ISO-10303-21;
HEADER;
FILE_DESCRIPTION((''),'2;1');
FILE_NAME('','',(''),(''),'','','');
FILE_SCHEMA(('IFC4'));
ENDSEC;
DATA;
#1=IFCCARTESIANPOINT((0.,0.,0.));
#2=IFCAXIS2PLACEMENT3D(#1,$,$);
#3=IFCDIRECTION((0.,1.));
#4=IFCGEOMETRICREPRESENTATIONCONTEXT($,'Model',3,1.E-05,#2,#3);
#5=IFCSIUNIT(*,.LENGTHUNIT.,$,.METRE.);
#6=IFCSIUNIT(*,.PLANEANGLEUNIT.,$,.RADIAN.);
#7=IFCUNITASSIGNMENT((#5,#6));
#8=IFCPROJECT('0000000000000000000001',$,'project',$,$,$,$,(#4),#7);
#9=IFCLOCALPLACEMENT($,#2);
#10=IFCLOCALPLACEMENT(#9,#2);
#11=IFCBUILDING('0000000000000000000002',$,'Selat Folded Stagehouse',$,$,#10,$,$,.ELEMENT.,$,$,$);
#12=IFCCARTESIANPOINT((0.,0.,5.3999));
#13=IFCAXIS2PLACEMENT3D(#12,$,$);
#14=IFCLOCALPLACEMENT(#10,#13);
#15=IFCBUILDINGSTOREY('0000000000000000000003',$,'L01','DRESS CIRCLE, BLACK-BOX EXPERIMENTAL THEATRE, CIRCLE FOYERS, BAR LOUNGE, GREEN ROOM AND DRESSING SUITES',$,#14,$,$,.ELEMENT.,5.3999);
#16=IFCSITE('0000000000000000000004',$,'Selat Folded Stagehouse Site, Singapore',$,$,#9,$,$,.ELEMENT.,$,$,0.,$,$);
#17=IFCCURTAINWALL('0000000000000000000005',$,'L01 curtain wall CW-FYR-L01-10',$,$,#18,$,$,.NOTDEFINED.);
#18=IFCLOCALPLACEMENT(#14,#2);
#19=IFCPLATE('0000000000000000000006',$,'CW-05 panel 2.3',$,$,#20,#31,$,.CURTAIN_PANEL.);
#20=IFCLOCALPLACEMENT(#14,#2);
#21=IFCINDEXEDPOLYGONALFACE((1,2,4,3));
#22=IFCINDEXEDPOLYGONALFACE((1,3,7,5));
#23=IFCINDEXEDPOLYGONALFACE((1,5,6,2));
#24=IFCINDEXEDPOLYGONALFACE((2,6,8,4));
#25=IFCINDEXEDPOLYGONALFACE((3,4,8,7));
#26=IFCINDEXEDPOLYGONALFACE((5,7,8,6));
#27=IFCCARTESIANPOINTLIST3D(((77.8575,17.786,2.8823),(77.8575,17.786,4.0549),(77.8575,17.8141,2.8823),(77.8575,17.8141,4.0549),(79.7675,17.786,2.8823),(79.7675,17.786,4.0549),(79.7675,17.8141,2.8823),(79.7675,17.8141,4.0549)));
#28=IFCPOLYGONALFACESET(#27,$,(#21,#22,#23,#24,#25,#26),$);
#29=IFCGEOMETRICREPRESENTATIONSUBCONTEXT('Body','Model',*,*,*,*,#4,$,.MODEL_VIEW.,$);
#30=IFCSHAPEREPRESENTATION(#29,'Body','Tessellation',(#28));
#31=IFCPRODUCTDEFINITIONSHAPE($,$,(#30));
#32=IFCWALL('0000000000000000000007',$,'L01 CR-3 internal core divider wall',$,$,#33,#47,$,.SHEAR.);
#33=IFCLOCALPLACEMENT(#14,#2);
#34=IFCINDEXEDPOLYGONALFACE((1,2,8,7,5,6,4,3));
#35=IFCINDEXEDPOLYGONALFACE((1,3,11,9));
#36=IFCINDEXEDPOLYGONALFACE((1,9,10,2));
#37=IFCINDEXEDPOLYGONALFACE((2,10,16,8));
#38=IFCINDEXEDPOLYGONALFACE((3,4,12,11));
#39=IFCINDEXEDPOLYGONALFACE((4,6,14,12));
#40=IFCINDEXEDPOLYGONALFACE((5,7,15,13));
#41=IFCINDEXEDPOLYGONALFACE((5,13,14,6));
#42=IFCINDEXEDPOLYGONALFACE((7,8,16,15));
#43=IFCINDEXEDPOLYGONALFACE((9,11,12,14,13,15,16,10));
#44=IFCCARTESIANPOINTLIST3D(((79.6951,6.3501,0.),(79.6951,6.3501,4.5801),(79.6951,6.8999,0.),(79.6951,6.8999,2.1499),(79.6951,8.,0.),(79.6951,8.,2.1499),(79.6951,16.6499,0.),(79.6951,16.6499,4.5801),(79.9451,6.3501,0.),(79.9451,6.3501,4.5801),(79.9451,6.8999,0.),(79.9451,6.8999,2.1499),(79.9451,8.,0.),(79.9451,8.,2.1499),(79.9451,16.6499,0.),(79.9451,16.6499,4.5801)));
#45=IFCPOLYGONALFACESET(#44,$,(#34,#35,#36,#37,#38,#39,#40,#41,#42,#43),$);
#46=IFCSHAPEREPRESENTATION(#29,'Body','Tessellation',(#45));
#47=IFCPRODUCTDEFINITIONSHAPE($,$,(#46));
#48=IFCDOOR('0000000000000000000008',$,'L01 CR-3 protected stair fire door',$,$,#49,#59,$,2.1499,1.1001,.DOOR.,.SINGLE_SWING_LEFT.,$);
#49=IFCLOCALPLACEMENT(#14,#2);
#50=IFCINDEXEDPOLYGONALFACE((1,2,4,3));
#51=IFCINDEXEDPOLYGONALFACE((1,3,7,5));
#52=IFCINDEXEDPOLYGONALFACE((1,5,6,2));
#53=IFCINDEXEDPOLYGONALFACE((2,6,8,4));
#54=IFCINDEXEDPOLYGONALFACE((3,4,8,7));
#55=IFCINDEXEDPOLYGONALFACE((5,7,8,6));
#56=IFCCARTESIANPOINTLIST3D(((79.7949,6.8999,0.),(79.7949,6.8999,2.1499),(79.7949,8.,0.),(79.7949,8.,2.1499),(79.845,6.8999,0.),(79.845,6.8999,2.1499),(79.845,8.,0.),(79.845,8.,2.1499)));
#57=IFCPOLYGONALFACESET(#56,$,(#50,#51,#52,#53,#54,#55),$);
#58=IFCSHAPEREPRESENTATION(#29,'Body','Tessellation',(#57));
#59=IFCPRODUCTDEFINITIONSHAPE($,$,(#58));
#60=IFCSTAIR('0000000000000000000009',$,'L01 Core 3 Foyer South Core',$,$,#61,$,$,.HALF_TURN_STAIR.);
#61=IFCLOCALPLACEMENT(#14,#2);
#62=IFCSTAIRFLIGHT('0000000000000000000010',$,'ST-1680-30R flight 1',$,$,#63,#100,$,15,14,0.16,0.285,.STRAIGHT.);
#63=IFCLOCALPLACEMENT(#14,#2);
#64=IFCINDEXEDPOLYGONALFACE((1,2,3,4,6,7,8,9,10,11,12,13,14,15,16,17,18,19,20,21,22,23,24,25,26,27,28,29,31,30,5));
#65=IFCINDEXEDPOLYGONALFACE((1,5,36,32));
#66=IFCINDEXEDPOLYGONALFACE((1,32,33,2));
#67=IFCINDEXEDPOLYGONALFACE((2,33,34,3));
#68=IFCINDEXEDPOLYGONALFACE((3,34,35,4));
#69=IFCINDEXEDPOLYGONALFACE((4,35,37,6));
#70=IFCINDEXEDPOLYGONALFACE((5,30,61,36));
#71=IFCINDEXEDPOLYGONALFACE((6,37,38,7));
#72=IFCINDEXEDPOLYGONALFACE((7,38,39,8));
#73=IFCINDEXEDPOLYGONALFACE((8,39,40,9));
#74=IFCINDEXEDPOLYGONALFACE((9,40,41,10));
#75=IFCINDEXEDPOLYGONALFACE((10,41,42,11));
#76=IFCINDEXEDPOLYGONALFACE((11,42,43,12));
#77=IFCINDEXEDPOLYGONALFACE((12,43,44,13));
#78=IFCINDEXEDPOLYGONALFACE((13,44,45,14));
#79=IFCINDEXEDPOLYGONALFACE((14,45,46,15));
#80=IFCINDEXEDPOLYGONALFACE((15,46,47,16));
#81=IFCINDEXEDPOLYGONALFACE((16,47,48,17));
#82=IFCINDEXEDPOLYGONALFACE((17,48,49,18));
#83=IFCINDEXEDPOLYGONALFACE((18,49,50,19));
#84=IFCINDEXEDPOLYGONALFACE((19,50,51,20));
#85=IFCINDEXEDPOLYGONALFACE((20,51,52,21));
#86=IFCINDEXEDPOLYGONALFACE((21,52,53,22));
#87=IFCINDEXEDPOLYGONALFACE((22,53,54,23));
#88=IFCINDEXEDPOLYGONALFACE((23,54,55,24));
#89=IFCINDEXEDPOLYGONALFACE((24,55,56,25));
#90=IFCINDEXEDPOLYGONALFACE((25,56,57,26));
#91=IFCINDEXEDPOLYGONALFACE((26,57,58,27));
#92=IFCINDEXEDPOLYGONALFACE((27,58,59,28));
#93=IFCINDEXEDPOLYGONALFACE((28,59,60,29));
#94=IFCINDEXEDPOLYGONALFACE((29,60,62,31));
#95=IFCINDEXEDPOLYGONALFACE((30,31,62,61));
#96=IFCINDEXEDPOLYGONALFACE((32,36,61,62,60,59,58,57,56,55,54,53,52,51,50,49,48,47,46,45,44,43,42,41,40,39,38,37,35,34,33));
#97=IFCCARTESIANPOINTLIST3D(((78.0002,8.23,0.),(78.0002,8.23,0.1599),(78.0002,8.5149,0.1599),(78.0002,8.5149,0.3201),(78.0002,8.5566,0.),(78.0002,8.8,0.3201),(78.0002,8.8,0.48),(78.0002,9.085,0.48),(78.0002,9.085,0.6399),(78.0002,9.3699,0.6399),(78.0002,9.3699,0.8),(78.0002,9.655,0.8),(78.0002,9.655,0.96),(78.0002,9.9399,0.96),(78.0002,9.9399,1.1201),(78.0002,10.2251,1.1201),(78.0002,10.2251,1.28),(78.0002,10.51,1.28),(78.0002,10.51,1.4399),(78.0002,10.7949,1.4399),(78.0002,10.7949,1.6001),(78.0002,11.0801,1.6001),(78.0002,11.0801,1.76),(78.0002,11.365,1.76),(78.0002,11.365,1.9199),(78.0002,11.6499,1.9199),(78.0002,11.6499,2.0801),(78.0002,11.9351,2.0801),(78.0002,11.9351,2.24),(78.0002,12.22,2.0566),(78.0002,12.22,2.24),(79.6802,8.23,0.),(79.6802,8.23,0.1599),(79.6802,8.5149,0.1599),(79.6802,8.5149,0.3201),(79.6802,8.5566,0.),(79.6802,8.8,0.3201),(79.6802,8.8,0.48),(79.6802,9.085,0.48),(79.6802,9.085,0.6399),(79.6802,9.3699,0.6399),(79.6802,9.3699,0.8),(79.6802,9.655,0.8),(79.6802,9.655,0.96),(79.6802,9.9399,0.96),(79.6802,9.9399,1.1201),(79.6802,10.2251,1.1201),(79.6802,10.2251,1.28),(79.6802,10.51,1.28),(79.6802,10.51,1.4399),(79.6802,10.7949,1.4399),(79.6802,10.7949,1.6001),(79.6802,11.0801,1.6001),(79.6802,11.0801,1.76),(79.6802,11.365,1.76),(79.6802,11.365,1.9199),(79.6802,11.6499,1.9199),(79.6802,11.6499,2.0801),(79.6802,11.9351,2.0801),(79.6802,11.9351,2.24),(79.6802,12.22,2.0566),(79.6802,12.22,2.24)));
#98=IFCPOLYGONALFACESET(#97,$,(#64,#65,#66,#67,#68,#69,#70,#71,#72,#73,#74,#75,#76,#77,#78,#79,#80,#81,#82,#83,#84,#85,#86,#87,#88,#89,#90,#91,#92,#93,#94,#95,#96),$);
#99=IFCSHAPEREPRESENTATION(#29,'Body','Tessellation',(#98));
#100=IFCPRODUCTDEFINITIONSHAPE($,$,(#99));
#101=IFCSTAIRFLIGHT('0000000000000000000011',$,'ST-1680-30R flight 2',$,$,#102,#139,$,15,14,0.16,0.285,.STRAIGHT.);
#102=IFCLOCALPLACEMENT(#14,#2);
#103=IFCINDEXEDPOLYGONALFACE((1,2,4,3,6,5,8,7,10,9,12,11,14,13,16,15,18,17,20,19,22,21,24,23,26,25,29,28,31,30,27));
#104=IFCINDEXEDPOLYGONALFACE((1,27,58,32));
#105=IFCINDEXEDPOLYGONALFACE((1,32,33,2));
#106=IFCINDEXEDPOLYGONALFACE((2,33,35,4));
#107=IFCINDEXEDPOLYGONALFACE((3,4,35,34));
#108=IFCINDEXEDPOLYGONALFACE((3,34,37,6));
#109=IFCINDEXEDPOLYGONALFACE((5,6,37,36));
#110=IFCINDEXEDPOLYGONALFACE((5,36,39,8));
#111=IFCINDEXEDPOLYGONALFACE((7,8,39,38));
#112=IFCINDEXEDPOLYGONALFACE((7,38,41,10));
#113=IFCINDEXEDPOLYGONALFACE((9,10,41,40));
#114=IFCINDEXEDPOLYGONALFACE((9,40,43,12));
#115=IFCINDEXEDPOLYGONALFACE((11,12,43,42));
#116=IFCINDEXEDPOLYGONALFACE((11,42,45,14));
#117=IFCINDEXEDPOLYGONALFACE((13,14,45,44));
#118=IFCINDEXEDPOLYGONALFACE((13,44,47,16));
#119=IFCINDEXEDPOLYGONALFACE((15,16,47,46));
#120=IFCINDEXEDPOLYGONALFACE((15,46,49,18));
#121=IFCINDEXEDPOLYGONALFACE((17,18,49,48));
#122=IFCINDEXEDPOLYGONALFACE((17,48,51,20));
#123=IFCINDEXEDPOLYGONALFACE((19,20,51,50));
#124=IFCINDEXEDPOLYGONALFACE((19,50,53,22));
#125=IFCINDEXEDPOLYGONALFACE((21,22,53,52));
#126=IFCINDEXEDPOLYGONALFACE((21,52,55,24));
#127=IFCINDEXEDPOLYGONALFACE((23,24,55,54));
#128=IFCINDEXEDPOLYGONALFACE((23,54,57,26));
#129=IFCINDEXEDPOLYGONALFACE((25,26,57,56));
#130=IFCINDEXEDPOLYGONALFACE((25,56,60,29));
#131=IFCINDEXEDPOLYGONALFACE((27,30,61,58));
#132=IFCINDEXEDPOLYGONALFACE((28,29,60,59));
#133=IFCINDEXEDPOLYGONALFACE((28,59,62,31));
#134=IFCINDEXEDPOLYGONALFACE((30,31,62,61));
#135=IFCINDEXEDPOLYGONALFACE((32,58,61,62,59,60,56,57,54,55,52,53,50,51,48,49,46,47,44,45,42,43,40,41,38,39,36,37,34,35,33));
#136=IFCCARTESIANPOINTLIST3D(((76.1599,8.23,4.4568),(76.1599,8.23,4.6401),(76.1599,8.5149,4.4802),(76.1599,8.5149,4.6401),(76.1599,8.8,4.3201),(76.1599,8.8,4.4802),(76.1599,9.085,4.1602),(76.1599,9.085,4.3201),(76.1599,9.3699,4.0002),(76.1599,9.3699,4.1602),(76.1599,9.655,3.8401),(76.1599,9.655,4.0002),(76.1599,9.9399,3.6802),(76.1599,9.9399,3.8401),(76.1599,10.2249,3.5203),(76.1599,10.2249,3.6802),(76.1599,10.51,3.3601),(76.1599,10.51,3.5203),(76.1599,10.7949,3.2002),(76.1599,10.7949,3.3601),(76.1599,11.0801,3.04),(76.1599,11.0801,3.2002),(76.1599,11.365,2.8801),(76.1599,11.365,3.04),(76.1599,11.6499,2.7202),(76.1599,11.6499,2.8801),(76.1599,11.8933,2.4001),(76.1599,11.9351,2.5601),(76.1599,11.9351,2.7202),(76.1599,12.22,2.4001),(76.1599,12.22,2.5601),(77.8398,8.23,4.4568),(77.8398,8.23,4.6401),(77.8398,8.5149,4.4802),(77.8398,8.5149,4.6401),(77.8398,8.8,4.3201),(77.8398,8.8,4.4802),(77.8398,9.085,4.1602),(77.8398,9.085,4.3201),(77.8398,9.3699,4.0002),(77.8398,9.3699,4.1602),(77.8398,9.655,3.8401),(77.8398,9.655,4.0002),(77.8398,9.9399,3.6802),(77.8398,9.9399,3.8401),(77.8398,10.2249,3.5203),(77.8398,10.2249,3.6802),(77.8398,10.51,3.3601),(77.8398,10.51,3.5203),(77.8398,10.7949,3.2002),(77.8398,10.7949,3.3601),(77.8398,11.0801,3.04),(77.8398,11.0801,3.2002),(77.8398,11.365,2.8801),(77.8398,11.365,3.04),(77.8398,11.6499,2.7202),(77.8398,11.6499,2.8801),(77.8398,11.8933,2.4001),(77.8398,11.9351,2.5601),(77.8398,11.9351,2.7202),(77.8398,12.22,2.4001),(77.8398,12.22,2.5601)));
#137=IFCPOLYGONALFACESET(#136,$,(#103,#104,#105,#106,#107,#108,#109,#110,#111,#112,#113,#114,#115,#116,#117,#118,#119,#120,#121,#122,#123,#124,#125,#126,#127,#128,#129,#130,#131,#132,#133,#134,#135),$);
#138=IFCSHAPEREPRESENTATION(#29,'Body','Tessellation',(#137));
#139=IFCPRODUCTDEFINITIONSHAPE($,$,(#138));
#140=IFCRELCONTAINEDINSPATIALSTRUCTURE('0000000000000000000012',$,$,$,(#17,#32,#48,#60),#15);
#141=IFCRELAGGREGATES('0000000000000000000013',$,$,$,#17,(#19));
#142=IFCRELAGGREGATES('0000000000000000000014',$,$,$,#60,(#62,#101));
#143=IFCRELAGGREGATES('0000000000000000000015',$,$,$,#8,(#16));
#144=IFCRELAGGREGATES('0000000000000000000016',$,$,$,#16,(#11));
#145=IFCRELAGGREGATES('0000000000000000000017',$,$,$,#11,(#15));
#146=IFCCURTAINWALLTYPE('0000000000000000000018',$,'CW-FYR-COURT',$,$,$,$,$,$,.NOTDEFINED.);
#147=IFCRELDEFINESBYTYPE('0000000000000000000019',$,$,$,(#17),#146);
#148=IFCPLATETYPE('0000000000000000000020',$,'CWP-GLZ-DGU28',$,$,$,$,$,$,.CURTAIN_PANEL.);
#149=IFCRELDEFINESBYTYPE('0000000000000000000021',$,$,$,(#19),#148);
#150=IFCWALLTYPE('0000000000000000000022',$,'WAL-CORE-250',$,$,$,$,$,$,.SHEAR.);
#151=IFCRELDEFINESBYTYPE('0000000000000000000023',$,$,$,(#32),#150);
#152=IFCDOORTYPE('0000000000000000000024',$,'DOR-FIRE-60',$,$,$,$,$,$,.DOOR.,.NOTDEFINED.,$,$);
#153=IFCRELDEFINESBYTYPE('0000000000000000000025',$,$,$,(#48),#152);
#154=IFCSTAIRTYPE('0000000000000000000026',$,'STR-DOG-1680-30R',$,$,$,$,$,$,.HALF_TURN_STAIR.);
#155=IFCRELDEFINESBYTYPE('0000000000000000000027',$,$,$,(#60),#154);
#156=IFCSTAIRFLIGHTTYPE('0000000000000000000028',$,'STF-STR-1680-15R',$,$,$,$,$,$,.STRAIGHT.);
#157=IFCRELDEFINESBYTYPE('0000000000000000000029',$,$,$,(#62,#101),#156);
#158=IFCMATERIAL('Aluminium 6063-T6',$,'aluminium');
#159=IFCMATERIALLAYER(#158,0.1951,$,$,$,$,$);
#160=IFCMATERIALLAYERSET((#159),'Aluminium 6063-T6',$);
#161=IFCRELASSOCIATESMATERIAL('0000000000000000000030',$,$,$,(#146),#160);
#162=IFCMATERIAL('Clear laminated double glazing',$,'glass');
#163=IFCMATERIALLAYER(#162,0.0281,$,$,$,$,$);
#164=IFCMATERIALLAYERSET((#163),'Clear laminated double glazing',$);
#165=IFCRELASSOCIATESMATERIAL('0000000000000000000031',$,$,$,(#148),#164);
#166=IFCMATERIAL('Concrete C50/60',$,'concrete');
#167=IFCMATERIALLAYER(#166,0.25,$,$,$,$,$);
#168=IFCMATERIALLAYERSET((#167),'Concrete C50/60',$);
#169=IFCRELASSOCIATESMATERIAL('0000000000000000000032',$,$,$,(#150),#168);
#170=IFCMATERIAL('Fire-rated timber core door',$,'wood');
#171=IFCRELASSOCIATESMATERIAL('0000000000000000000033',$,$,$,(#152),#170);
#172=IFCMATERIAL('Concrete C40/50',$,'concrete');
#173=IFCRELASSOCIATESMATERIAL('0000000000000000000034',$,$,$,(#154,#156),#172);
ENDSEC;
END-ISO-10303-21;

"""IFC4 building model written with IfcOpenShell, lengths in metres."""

from ifc_helpers import new_model, si_unit, direction, frame, frame_2d, origin, origin_2d, place, context, subcontext, project, spatial, polyline, rectangle, outline, extrude, material, layer, layer_set, type_object, element, fill, aggregate, save


model = new_model("IFC4")

# Units and contexts
model_context = context("Model", 3, precision=1e-05, world=origin(), true_north=direction((0.0, 1.0)))
body_context = subcontext(model_context, "Body", "Model", "MODEL_VIEW")
ifc_project = project(units=[si_unit("LENGTHUNIT", "METRE"), si_unit("PLANEANGLEUNIT", "RADIAN")], contexts=[model_context])

# Site, building, storey
site_placement = place(None, origin())
site = spatial("IfcSite", under=ifc_project, at=site_placement, Name="Selat Folded Stagehouse Site, Singapore", CompositionType="ELEMENT", RefElevation=0.0)
building_placement = place(site_placement, origin())
building = spatial("IfcBuilding", under=site, at=building_placement, Name="Selat Folded Stagehouse", CompositionType="ELEMENT")
storey_placement = place(building_placement, frame((0.0, 0.0, 5.3999)))
storey = spatial("IfcBuildingStorey", under=building, at=storey_placement, Name="L01", Description="DRESS CIRCLE, BLACK-BOX EXPERIMENTAL THEATRE, CIRCLE FOYERS, BAR LOUNGE, GREEN ROOM AND DRESSING SUITES", CompositionType="ELEMENT", Elevation=5.3999)

# Curtain wall, plate
ifc_material_1 = material(Name="Aluminium 6063-T6", Category="aluminium")
ifc_layer_1 = layer(ifc_material_1, 0.1951)
ifc_layer_set_1 = layer_set([ifc_layer_1], Name="Aluminium 6063-T6")
curtain_wall_type = type_object("IfcCurtainWallType", Name="CW-FYR-COURT", PredefinedType="NOTDEFINED", material=ifc_layer_set_1)
curtain_wall_placement = place(storey_placement, origin())
curtain_wall = element("IfcCurtainWall", 1, at=curtain_wall_placement, inside=storey, type_object=curtain_wall_type, Name="L01 curtain wall CW-FYR-L01-10", PredefinedType="NOTDEFINED")
ifc_material_2 = material(Name="Clear laminated double glazing", Category="glass")
ifc_layer_2 = layer(ifc_material_2, 0.0281)
ifc_layer_set_2 = layer_set([ifc_layer_2], Name="Clear laminated double glazing")
plate_type = type_object("IfcPlateType", Name="CWP-GLZ-DGU28", PredefinedType="CURTAIN_PANEL", material=ifc_layer_set_2)
plate_1_placement = place(storey_placement, frame((78.8125, 17.8, 2.8823), z_axis=(0.0, 0.0, 1.0), x_axis=(1.0, 0.0, 0.0)))
plate_1 = element("IfcPlate", 2, at=plate_1_placement, type_object=plate_type, Name="CW-05 panel 2.3", PredefinedType="CURTAIN_PANEL", context=body_context, shape_type="SweptSolid", body=[
    extrude(rectangle(XDim=1.9099, YDim=0.0281, at=origin_2d()), origin(), (0.0, 0.0, 1.0), 1.1726),
])
aggregate(curtain_wall, [plate_1])

# Wall, opening, door
ifc_material_3 = material(Name="Concrete C50/60", Category="concrete")
ifc_layer_3 = layer(ifc_material_3, 0.25)
ifc_layer_set_3 = layer_set([ifc_layer_3], Name="Concrete C50/60")
wall_type = type_object("IfcWallType", Name="WAL-CORE-250", PredefinedType="SHEAR", material=ifc_layer_set_3)
wall_placement = place(storey_placement, frame((79.8201, 16.6499, 0.0), z_axis=(0.0, 0.0, 1.0), x_axis=(0.0, -1.0, 0.0)))
wall = element("IfcWall", 3, at=wall_placement, inside=storey, type_object=wall_type, Name="L01 CR-3 internal core divider wall", PredefinedType="SHEAR", context=body_context, shape_type="SweptSolid", body=[
    extrude(rectangle(XDim=10.2998, YDim=0.25, at=frame_2d((5.1499, 0.0))), origin(), (0.0, 0.0, 1.0), 4.5801),
])
opening_placement = place(wall_placement, frame((8.6499, 0.0, 0.0)))
opening = element("IfcOpeningElement", 4, at=opening_placement, cuts=wall, PredefinedType="OPENING", context=body_context, shape_type="SweptSolid", body=[
    extrude(rectangle(XDim=1.1001, YDim=2.1499, at=frame_2d((0.55, 1.075))), frame((0.0, 0.135, 0.0), z_axis=(0.0, -1.0, 0.0), x_axis=(1.0, 0.0, 0.0)), (0.0, 0.0, 1.0), 0.27),
])
ifc_material_4 = material(Name="Fire-rated timber core door", Category="wood")
door_type = type_object("IfcDoorType", Name="DOR-FIRE-60", OperationType="NOTDEFINED", PredefinedType="DOOR", material=ifc_material_4)
door_placement = place(opening_placement, origin())
door = element("IfcDoor", 5, at=door_placement, inside=storey, type_object=door_type, Name="L01 CR-3 protected stair fire door", OperationType="SINGLE_SWING_LEFT", OverallHeight=2.1499, OverallWidth=1.1001, PredefinedType="DOOR", context=body_context, shape_type="SweptSolid", body=[
    extrude(rectangle(XDim=1.1001, YDim=2.1499, at=frame_2d((0.55, 1.075))), frame((0.0, 0.0249, 0.0), z_axis=(0.0, -1.0, 0.0), x_axis=(1.0, 0.0, 0.0)), (0.0, 0.0, 1.0), 0.05),
])
fill(opening, door)

# Stair, stair flights
ifc_material_5 = material(Name="Concrete C40/50", Category="concrete")
stair_type = type_object("IfcStairType", Name="STR-DOG-1680-30R", PredefinedType="HALF_TURN_STAIR", material=ifc_material_5)
stair_placement = place(storey_placement, origin())
stair = element("IfcStair", 6, at=stair_placement, inside=storey, type_object=stair_type, Name="L01 Core 3 Foyer South Core", PredefinedType="HALF_TURN_STAIR")
stair_flight_type = type_object("IfcStairFlightType", Name="STF-STR-1680-15R", PredefinedType="STRAIGHT", material=ifc_material_5)
stair_flight_1_placement = place(storey_placement, frame((78.8401, 8.23, 0.0), z_axis=(0.0, 0.0, 1.0), x_axis=(0.0, 1.0, 0.0)))
stair_flight_1 = element("IfcStairFlight", 7, at=stair_flight_1_placement, type_object=stair_flight_type, Name="ST-1680-30R flight 1", NumberOfRisers=15, NumberOfTreads=14, PredefinedType="STRAIGHT", RiserHeight=0.16, TreadLength=0.285, context=body_context, shape_type="SweptSolid", body=[
    extrude(outline(polyline([(0.0, 0.0), (0.0, 0.1599), (0.2849, 0.1599), (0.2849, 0.3201), (0.5701, 0.3201), (0.5701, 0.48), (0.855, 0.48), (0.855, 0.6399), (1.1399, 0.6399), (1.1399, 0.8), (1.425, 0.8), (1.425, 0.96), (1.71, 0.96), (1.71, 1.1201), (1.9951, 1.1201), (1.9951, 1.28), (2.28, 1.28), (2.28, 1.4399), (2.5649, 1.4399), (2.5649, 1.6001), (2.8501, 1.6001), (2.8501, 1.76), (3.135, 1.76), (3.135, 1.9199), (3.4199, 1.9199), (3.4199, 2.0801), (3.7051, 2.0801), (3.7051, 2.24), (3.99, 2.24), (3.99, 2.3999), (3.99, 2.0566), (0.3267, 0.0), (0.0, 0.0)])), frame((0.0, 0.8398, 0.0), z_axis=(0.0, -1.0, 0.0), x_axis=(1.0, 0.0, 0.0)), (0.0, 0.0, 1.0), 1.6799),
])
stair_flight_2_placement = place(storey_placement, frame((77.0, 12.22, 2.4001), z_axis=(0.0, 0.0, 1.0), x_axis=(0.0, -1.0, 0.0)))
stair_flight_2 = element("IfcStairFlight", 8, at=stair_flight_2_placement, type_object=stair_flight_type, Name="ST-1680-30R flight 2", NumberOfRisers=15, NumberOfTreads=14, PredefinedType="STRAIGHT", RiserHeight=0.16, TreadLength=0.285, context=body_context, shape_type="SweptSolid", body=[
    extrude(outline(polyline([(0.0, 0.0), (0.0, 0.1599), (0.2849, 0.1599), (0.2849, 0.3201), (0.5701, 0.3201), (0.5701, 0.48), (0.855, 0.48), (0.855, 0.6399), (1.1399, 0.6399), (1.1399, 0.8), (1.425, 0.8), (1.425, 0.96), (1.71, 0.96), (1.71, 1.1201), (1.9951, 1.1201), (1.9951, 1.28), (2.28, 1.28), (2.28, 1.4399), (2.5649, 1.4399), (2.5649, 1.6001), (2.8501, 1.6001), (2.8501, 1.76), (3.135, 1.76), (3.135, 1.9199), (3.4199, 1.9199), (3.4199, 2.0801), (3.7051, 2.0801), (3.7051, 2.24), (3.99, 2.24), (3.99, 2.3999), (3.99, 2.0566), (0.3267, 0.0), (0.0, 0.0)])), frame((0.0, 0.8398, 0.0), z_axis=(0.0, -1.0, 0.0), x_axis=(1.0, 0.0, 0.0)), (0.0, 0.0, 1.0), 1.6799),
])
aggregate(stair, [stair_flight_1, stair_flight_2])

save(model, "model.ifc")
